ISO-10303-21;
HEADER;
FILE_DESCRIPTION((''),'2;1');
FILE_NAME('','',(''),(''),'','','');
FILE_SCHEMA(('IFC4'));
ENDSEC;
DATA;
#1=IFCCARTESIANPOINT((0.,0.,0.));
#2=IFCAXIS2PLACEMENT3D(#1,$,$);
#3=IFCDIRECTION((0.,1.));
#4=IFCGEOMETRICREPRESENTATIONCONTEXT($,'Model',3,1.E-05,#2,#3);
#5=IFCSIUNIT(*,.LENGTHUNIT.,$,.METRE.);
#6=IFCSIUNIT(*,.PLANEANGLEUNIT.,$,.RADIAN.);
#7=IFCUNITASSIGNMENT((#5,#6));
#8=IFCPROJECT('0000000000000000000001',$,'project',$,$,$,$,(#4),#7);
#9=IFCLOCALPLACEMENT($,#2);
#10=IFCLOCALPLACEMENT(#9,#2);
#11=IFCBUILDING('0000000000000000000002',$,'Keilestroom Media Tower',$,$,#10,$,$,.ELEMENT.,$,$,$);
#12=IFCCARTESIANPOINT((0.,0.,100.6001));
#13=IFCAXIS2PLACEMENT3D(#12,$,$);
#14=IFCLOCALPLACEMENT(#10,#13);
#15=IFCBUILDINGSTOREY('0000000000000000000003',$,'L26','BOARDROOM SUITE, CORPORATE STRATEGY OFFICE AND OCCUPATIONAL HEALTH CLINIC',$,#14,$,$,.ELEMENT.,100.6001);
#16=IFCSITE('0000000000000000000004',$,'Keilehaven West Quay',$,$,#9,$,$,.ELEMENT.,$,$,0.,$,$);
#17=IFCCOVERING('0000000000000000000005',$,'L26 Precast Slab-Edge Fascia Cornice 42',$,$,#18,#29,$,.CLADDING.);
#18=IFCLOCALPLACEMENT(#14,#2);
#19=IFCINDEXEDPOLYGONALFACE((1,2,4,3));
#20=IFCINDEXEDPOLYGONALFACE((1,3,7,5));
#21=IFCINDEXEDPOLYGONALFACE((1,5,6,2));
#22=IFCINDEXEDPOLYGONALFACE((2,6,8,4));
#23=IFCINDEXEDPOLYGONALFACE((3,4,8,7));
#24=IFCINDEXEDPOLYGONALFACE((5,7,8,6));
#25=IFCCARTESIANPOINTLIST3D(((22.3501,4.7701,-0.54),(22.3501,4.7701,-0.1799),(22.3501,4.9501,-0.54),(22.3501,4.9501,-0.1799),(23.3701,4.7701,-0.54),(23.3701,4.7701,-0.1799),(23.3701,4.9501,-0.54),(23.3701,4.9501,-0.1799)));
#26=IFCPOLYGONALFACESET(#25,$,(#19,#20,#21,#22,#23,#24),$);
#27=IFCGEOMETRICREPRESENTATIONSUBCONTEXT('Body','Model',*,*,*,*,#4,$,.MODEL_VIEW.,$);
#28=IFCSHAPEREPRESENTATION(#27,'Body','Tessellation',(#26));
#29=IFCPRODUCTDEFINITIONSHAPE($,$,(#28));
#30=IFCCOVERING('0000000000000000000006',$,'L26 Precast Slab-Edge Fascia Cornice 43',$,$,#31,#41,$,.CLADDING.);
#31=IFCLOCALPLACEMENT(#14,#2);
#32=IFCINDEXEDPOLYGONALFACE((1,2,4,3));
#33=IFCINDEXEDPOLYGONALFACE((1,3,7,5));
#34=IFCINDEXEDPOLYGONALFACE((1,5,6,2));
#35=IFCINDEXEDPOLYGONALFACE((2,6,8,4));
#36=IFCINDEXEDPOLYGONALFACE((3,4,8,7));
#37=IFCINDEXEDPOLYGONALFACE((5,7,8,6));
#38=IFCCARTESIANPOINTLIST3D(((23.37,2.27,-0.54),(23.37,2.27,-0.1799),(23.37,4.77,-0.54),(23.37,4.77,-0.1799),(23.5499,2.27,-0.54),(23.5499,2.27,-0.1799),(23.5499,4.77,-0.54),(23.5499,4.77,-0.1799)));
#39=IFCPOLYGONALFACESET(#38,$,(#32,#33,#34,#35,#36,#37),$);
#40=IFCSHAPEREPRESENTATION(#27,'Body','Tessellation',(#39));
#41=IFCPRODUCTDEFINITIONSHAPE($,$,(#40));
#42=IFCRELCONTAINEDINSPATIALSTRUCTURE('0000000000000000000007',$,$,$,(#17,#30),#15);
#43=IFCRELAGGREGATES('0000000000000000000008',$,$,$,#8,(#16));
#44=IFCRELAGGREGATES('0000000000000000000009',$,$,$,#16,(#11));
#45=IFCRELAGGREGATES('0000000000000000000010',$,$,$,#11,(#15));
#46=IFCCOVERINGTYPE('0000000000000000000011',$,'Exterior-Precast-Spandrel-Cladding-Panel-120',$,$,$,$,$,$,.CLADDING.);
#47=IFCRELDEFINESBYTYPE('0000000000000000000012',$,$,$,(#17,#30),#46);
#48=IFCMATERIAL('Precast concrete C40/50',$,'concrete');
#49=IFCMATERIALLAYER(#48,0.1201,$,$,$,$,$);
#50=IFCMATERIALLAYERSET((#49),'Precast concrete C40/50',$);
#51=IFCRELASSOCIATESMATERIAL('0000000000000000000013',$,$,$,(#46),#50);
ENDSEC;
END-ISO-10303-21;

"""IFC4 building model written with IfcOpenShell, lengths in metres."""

from ifc_helpers import new_model, si_unit, direction, frame, origin, origin_2d, place, context, subcontext, project, spatial, rectangle, extrude, source, transform, mapped, material, layer, layer_set, type_object, element, save


model = new_model("IFC4")

# Units and contexts
model_context = context("Model", 3, precision=1e-05, world=origin(), true_north=direction((0.0, 1.0)))
body_context = subcontext(model_context, "Body", "Model", "MODEL_VIEW")
ifc_project = project(units=[si_unit("LENGTHUNIT", "METRE"), si_unit("PLANEANGLEUNIT", "RADIAN")], contexts=[model_context])

# Site, building, storey
site_placement = place(None, origin())
site = spatial("IfcSite", under=ifc_project, at=site_placement, Name="Keilehaven West Quay", CompositionType="ELEMENT", RefElevation=0.0)
building_placement = place(site_placement, origin())
building = spatial("IfcBuilding", under=site, at=building_placement, Name="Keilestroom Media Tower", CompositionType="ELEMENT")
storey_placement = place(building_placement, frame((0.0, 0.0, 100.6001)))
storey = spatial("IfcBuildingStorey", under=building, at=storey_placement, Name="L26", Description="BOARDROOM SUITE, CORPORATE STRATEGY OFFICE AND OCCUPATIONAL HEALTH CLINIC", CompositionType="ELEMENT", Elevation=100.6001)

# Shared definitions
ifc_material_1 = material(Name="Precast concrete C40/50", Category="concrete")

# Coverings
ifc_layer_1 = layer(ifc_material_1, 0.1201)
ifc_layer_set_1 = layer_set([ifc_layer_1], Name="Precast concrete C40/50")
covering_type = type_object("IfcCoveringType", Name="Exterior-Precast-Spandrel-Cladding-Panel-120", PredefinedType="CLADDING", material=ifc_layer_set_1)
shared_shape_1 = source(origin(), body_context, "Body", "SweptSolid", [
    extrude(rectangle(XDim=1.02, YDim=0.1799, at=origin_2d()), origin(), (0.0, 0.0, 1.0), 0.3601),
])
for number, where, z_axis, x_axis, name in (
    (1, (22.8601, 4.8601, -0.54), (0.0, 0.0, 1.0), (1.0, 0.0, 0.0), "L26 Precast Slab-Edge Fascia Cornice 42"),
):
    element("IfcCovering", number, at=place(storey_placement, frame(where, z_axis=z_axis, x_axis=x_axis)), inside=storey, type_object=covering_type, Name=name, PredefinedType="CLADDING", context=body_context, shape_type="MappedRepresentation", body=[
        mapped(shared_shape_1, transform((0.0, 0.0, 0.0), x_axis=(1.0, 0.0, 0.0), y_axis=(0.0, 1.0, 0.0), z_axis=(0.0, 0.0, 1.0), scale=1.0)),
    ])
shared_shape_2 = source(origin(), body_context, "Body", "SweptSolid", [
    extrude(rectangle(XDim=2.5, YDim=0.1799, at=origin_2d()), origin(), (0.0, 0.0, 1.0), 0.3601),
])
covering_placement = place(storey_placement, frame((23.46, 3.52, -0.54), z_axis=(0.0, 0.0, 1.0), x_axis=(0.0, -1.0, 0.0)))
element("IfcCovering", 2, at=covering_placement, inside=storey, type_object=covering_type, Name="L26 Precast Slab-Edge Fascia Cornice 43", PredefinedType="CLADDING", context=body_context, shape_type="MappedRepresentation", body=[
    mapped(shared_shape_2, transform((0.0, 0.0, 0.0), x_axis=(1.0, 0.0, 0.0), y_axis=(0.0, 1.0, 0.0), z_axis=(0.0, 0.0, 1.0), scale=1.0)),
])

save(model, "model.ifc")
